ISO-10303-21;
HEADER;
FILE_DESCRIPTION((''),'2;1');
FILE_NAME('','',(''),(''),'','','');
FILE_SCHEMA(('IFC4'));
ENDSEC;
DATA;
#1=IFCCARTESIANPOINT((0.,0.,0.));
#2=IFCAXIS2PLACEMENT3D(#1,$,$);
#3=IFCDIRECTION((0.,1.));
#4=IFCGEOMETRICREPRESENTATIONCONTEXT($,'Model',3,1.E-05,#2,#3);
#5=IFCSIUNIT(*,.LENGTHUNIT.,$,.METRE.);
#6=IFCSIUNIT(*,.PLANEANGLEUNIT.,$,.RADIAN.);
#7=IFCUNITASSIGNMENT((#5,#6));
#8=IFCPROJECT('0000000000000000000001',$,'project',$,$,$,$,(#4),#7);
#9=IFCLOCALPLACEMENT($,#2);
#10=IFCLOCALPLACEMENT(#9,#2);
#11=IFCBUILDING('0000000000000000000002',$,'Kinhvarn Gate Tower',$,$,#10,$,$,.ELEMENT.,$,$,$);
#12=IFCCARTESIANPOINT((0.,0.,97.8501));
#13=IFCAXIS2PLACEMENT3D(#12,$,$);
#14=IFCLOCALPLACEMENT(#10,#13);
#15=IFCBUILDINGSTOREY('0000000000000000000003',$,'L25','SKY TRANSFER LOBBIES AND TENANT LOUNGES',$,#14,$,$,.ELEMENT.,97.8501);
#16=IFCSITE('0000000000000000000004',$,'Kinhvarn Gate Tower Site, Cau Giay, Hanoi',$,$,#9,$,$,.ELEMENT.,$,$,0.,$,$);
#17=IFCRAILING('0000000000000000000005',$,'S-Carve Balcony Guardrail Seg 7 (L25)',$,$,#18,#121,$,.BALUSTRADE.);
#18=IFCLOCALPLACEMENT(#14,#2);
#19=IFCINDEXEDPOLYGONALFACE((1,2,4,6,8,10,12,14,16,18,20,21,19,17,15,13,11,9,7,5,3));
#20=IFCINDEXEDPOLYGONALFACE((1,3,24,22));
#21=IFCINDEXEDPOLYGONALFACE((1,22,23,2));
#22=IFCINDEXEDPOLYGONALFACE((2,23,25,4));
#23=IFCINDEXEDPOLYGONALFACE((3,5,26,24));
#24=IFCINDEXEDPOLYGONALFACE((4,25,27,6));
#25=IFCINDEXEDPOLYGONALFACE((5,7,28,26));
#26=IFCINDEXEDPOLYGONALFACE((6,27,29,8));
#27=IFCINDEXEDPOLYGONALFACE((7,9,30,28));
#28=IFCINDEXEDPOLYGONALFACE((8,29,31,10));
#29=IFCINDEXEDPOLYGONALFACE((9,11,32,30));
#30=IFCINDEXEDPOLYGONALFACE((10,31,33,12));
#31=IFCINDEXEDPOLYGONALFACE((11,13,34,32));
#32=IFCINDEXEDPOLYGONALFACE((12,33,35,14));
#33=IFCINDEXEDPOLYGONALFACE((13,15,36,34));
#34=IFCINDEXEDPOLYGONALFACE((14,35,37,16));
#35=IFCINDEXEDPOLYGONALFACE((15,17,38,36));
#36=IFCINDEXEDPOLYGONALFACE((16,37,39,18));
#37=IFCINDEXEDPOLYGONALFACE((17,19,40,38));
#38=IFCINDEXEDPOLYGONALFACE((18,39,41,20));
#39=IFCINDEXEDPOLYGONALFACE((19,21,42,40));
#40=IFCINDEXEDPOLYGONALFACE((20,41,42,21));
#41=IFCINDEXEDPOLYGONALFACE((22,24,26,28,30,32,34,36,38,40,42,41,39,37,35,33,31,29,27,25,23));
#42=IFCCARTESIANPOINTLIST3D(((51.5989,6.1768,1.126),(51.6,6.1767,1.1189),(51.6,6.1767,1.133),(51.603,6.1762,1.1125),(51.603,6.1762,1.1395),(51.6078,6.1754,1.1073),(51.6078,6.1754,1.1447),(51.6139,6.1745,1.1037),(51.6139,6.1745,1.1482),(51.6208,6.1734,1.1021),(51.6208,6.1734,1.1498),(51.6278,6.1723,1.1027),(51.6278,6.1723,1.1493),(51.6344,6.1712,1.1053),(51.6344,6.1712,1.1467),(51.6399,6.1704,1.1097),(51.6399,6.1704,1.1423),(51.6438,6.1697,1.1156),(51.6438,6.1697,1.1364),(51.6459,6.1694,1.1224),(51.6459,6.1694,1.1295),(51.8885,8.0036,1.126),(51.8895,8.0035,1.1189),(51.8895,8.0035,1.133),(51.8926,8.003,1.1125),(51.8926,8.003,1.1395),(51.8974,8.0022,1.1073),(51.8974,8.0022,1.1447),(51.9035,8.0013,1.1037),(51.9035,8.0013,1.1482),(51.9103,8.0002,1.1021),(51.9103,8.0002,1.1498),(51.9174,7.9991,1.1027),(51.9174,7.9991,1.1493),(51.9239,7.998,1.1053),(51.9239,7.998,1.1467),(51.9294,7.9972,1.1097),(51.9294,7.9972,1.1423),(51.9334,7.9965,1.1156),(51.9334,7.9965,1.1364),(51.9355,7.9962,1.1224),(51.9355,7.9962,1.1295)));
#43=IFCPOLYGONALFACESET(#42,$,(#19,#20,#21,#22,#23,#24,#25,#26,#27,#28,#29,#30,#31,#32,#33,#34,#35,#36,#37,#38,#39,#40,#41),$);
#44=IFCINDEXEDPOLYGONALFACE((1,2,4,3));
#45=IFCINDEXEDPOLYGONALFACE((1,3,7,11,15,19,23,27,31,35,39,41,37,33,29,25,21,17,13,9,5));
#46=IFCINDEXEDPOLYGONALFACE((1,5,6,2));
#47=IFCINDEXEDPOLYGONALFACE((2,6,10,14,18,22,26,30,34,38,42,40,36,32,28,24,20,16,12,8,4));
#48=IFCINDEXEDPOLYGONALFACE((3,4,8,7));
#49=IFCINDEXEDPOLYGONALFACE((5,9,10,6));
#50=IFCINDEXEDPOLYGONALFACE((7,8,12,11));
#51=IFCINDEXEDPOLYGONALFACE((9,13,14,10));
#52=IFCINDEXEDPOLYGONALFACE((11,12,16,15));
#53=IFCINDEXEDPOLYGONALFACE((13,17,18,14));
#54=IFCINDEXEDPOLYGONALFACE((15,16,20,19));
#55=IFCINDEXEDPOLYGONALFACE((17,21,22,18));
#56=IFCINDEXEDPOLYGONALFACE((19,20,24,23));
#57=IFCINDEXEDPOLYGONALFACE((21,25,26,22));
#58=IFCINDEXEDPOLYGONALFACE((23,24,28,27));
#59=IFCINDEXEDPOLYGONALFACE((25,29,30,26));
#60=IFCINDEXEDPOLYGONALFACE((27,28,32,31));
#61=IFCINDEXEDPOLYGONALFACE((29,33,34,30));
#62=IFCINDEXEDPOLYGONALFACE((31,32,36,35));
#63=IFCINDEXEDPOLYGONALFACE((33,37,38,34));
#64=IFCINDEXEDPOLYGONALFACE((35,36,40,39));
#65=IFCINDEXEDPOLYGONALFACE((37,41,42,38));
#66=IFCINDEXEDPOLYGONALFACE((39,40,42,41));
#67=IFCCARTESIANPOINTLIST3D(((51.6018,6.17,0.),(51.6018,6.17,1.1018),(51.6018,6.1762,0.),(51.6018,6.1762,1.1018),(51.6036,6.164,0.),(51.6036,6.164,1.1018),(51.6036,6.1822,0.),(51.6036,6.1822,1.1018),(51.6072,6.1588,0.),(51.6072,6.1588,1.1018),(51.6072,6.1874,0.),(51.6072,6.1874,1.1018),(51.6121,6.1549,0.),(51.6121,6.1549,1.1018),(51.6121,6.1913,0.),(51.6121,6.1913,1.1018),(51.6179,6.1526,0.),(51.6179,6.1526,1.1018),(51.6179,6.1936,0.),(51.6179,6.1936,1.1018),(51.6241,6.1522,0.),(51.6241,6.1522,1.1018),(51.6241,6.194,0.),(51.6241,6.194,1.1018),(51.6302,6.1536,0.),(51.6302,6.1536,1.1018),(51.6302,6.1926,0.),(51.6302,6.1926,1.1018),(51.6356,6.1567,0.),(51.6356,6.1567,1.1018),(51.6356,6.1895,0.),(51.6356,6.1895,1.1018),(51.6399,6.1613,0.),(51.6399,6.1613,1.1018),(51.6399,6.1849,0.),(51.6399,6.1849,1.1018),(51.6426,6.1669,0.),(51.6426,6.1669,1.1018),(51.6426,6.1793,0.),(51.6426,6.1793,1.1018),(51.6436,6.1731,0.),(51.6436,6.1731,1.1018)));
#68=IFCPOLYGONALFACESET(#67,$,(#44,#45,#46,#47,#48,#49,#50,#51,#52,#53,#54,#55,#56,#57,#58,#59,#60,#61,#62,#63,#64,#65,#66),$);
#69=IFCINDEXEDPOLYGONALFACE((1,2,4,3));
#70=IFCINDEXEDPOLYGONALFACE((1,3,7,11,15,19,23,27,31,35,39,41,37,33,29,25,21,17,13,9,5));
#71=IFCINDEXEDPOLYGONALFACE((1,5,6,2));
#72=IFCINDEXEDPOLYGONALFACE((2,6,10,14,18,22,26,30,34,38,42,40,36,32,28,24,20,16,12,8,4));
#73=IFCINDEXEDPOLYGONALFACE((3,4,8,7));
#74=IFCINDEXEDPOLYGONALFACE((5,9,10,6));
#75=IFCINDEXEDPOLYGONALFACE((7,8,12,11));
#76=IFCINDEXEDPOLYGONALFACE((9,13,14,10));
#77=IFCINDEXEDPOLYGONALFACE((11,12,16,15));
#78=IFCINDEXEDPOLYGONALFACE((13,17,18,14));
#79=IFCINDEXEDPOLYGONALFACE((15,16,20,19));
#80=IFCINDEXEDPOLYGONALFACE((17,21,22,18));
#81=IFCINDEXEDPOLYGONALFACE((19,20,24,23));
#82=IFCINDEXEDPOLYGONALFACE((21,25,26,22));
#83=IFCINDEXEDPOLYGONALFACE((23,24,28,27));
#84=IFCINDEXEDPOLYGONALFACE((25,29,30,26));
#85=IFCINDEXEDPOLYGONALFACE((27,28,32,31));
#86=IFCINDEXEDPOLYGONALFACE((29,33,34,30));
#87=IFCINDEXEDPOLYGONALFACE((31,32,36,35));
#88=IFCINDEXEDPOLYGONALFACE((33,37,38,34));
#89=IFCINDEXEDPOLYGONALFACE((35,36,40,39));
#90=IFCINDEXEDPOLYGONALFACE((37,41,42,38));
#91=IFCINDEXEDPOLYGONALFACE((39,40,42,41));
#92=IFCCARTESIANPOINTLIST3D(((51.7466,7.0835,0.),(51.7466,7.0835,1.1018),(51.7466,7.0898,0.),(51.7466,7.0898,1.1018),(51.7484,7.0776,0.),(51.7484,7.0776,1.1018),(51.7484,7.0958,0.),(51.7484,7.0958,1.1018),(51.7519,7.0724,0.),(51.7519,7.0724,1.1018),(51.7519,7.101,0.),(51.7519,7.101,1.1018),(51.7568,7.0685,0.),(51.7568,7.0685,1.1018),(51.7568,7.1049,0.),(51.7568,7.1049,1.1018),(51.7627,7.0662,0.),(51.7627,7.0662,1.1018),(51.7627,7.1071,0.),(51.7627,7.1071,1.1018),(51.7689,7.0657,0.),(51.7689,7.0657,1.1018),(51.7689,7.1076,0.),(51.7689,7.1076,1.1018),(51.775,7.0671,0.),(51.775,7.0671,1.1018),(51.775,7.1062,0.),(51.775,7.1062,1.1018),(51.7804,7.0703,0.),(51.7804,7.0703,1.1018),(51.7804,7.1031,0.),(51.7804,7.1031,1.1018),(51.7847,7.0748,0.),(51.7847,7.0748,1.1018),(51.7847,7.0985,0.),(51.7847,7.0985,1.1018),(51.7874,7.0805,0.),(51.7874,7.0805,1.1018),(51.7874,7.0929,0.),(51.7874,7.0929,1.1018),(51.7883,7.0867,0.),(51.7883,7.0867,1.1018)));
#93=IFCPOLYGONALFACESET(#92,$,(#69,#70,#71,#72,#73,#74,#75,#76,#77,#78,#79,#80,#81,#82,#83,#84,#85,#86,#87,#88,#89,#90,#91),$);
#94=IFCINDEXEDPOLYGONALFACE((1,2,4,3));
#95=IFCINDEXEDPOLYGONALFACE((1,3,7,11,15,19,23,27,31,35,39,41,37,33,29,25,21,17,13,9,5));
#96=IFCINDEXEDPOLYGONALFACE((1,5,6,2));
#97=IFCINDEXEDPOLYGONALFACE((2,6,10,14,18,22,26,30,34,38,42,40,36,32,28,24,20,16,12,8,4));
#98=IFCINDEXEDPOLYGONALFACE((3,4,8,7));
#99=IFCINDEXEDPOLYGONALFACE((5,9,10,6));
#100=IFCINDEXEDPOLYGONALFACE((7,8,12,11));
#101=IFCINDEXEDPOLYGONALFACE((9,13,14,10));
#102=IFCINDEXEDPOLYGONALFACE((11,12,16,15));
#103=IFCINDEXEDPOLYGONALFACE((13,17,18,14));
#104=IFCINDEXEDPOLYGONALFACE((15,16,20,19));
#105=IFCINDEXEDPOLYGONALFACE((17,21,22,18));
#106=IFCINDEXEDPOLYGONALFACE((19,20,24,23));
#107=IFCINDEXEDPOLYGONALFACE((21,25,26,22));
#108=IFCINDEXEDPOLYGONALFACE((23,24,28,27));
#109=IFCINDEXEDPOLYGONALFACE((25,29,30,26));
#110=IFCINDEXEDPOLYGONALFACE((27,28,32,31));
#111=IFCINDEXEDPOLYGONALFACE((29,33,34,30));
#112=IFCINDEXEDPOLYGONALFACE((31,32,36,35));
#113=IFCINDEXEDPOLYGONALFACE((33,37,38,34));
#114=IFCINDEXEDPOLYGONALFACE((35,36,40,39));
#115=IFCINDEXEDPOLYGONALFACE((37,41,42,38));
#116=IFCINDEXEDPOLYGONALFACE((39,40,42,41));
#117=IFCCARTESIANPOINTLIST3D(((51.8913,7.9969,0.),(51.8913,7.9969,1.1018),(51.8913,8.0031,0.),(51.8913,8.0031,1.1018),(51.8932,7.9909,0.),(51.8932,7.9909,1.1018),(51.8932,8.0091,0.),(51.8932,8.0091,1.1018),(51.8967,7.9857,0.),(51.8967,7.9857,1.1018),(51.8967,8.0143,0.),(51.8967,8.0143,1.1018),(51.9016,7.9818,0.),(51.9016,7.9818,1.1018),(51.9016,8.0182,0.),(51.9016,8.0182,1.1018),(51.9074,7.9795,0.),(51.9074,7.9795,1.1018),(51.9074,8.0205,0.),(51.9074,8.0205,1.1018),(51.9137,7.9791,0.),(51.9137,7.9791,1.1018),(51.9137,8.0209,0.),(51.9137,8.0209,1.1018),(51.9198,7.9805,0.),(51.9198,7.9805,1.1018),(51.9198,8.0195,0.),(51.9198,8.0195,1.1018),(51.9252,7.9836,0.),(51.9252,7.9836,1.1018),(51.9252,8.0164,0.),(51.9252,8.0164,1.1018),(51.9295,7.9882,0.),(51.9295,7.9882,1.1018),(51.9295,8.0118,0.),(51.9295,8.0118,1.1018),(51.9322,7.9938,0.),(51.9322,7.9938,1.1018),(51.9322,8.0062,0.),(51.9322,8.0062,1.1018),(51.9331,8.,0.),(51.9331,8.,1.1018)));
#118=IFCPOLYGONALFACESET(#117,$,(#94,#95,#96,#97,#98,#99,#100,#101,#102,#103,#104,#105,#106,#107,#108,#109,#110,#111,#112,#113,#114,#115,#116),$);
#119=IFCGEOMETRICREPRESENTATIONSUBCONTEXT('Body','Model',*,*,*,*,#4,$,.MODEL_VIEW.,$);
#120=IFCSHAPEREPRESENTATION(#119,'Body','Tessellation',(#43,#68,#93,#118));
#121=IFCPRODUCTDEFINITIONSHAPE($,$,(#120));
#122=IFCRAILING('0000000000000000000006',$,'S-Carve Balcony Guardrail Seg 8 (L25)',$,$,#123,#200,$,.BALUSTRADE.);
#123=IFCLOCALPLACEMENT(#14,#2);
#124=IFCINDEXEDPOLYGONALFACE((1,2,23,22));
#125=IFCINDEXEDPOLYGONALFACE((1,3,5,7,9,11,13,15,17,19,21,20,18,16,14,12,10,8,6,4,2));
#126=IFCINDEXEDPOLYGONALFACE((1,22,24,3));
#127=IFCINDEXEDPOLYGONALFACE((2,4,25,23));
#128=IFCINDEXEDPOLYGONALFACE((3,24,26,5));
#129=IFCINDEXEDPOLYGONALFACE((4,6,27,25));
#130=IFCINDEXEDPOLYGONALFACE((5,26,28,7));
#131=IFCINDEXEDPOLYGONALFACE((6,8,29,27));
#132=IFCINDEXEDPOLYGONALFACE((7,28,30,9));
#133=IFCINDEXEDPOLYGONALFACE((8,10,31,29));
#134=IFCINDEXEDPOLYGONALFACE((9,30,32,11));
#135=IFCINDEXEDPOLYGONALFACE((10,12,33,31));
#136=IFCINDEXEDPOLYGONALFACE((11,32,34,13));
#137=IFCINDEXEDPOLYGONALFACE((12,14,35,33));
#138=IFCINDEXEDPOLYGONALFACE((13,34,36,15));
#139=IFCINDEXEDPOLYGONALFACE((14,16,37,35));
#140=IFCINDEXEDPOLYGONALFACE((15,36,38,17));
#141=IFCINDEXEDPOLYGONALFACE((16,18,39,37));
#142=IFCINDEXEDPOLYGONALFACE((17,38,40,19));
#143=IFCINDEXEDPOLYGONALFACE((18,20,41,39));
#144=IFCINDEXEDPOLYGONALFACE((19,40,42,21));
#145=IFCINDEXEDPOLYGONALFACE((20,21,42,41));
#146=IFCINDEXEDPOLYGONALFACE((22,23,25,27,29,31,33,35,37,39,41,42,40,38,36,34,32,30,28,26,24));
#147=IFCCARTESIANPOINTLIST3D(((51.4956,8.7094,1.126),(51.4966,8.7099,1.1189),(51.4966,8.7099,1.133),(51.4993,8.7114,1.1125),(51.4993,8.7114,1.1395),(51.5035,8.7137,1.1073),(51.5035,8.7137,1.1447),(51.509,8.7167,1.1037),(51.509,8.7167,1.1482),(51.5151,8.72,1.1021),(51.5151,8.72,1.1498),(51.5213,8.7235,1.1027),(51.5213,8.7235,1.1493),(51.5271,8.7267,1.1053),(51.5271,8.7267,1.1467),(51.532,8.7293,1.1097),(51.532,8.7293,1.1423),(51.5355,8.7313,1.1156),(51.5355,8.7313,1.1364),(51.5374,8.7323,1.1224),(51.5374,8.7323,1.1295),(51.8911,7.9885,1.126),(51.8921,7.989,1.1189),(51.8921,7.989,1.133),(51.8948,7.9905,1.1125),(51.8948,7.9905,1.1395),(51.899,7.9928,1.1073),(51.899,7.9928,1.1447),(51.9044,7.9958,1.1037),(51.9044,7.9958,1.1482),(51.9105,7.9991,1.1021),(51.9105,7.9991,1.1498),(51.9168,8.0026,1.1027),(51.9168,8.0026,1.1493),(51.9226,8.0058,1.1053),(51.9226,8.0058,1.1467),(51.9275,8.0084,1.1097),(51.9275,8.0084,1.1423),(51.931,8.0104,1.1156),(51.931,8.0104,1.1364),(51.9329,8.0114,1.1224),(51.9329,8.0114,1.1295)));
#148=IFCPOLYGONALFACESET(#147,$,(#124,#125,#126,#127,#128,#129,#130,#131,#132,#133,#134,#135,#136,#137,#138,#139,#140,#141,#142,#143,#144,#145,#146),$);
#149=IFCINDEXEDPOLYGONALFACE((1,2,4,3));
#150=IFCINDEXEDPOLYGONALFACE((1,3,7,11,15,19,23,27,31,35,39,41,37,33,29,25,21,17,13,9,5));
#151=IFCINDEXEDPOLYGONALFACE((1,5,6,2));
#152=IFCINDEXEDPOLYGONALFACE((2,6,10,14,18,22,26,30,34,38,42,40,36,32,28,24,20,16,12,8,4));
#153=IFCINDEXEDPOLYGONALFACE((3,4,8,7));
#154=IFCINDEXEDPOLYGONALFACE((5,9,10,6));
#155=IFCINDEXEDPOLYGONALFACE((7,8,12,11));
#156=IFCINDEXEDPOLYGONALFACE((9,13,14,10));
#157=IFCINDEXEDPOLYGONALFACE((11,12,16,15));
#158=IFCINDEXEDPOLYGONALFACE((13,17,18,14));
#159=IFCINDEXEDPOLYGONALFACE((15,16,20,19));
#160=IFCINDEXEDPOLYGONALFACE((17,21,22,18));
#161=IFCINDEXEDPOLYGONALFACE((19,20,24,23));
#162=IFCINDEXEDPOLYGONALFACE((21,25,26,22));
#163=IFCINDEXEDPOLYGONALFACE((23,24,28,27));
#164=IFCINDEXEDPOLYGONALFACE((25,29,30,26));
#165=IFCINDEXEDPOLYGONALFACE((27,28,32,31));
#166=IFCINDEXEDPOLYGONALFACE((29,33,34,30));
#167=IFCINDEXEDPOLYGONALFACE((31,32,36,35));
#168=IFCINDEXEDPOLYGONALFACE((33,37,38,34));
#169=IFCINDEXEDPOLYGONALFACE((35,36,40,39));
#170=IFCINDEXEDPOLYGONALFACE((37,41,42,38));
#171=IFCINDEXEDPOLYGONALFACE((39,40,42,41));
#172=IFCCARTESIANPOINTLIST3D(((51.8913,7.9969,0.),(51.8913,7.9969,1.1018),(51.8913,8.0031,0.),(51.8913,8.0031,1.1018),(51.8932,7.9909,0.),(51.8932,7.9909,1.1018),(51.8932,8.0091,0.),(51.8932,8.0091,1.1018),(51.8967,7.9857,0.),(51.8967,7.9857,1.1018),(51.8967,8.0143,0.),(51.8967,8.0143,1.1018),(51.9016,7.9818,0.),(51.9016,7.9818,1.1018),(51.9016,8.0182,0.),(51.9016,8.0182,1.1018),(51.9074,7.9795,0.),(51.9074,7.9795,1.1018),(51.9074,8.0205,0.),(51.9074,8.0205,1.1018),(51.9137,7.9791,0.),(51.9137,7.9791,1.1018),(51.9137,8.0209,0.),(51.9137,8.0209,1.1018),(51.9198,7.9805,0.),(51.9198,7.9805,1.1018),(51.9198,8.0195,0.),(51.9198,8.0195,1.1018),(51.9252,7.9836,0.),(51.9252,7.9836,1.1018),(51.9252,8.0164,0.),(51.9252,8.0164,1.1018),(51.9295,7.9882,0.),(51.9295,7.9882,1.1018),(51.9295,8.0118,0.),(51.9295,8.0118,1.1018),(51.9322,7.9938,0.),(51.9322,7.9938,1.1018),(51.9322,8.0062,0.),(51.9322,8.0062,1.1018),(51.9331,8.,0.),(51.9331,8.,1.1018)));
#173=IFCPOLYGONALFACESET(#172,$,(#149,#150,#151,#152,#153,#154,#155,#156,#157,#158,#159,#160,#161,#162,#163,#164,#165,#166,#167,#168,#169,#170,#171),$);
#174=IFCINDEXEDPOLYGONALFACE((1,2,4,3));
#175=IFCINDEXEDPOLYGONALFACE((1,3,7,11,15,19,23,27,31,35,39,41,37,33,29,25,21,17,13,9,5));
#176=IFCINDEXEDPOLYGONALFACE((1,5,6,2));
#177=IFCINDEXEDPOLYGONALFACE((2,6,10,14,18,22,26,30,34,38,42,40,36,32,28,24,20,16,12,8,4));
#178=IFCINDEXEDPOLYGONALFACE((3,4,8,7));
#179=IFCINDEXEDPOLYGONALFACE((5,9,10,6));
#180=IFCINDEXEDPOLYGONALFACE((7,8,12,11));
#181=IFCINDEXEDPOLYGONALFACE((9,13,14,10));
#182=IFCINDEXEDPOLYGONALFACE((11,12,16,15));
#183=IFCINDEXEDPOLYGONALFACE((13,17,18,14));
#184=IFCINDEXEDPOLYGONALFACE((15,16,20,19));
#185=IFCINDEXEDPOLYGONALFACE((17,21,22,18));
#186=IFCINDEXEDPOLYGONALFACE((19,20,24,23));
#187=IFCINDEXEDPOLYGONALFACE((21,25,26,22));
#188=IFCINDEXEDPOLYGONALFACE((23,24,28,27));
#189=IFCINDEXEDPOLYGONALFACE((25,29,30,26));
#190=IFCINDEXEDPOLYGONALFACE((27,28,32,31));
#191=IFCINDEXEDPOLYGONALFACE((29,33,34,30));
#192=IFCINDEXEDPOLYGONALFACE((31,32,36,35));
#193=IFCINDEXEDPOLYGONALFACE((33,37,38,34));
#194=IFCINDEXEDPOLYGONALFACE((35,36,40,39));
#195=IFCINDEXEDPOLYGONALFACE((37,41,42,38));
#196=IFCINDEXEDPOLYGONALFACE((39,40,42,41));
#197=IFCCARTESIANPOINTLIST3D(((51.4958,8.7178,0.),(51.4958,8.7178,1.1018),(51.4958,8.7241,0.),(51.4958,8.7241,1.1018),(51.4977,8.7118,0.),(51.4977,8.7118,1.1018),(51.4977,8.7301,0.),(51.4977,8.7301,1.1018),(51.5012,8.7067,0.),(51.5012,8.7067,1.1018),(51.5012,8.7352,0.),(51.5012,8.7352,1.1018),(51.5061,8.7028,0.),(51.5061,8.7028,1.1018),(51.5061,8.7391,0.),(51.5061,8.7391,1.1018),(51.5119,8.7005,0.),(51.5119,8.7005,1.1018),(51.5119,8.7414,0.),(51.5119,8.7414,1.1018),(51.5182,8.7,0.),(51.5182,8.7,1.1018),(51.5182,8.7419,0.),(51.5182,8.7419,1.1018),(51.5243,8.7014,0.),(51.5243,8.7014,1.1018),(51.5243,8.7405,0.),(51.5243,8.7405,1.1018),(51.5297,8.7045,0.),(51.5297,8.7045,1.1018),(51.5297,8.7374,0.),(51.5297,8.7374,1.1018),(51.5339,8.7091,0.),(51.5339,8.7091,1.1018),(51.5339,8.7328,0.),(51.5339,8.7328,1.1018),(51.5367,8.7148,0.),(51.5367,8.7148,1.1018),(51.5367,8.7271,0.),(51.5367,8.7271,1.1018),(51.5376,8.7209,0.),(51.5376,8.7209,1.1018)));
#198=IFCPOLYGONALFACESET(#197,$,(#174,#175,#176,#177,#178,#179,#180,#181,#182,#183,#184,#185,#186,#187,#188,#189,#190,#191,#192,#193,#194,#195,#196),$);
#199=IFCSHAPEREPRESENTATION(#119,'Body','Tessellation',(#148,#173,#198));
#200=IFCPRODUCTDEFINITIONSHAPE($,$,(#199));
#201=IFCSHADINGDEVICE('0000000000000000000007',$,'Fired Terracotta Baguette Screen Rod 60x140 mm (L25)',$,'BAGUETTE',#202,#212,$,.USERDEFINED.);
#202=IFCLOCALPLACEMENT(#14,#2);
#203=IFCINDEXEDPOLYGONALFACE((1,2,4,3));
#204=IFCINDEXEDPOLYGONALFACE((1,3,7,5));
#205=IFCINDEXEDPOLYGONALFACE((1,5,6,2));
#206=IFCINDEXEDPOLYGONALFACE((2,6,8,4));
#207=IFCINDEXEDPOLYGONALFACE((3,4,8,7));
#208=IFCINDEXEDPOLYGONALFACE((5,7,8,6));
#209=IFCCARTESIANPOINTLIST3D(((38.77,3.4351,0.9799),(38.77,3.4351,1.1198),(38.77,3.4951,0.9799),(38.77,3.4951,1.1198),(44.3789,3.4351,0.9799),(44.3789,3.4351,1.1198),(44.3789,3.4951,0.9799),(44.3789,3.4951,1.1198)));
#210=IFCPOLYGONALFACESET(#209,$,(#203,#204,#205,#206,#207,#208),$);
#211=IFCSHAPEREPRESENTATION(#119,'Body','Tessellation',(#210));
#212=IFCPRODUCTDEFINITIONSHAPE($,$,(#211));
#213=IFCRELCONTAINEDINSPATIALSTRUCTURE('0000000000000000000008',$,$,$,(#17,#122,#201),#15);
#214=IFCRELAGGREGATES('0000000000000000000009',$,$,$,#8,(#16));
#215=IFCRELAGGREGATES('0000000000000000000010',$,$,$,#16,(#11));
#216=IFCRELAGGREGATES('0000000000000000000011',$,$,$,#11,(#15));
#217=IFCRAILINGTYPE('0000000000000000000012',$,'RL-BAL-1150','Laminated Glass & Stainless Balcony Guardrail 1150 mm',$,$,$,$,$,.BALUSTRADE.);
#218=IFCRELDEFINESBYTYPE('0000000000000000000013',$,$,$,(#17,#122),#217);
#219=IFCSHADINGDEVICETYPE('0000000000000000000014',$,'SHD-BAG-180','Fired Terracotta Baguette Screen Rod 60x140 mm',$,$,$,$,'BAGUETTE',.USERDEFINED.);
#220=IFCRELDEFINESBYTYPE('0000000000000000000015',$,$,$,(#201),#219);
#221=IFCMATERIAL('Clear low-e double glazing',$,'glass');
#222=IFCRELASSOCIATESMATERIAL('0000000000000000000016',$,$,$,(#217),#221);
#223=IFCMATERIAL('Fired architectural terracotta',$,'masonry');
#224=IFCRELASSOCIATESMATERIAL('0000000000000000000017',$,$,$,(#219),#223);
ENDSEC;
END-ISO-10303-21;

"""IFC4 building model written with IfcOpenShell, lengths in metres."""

from ifc_helpers import new_model, si_unit, direction, frame, origin, origin_2d, place, context, subcontext, project, spatial, rectangle, circle, extrude, material, material_profile, profile_set, type_object, element, save


model = new_model("IFC4")

# Units and contexts
model_context = context("Model", 3, precision=1e-05, world=origin(), true_north=direction((0.0, 1.0)))
body_context = subcontext(model_context, "Body", "Model", "MODEL_VIEW")
ifc_project = project(units=[si_unit("LENGTHUNIT", "METRE"), si_unit("PLANEANGLEUNIT", "RADIAN")], contexts=[model_context])

# Site, building, storey
site_placement = place(None, origin())
site = spatial("IfcSite", under=ifc_project, at=site_placement, Name="Kinhvarn Gate Tower Site, Cau Giay, Hanoi", CompositionType="ELEMENT", RefElevation=0.0)
building_placement = place(site_placement, origin())
building = spatial("IfcBuilding", under=site, at=building_placement, Name="Kinhvarn Gate Tower", CompositionType="ELEMENT")
storey_placement = place(building_placement, frame((0.0, 0.0, 97.8501)))
storey = spatial("IfcBuildingStorey", under=building, at=storey_placement, Name="L25", Description="SKY TRANSFER LOBBIES AND TENANT LOUNGES", CompositionType="ELEMENT", Elevation=97.8501)

# Shared definitions
ifc_material_1 = material(Name="Clear low-e double glazing", Category="glass")

# Shared definitions
ifc_material_2 = material(Name="Fired architectural terracotta", Category="masonry")

# Railings
railing_type = type_object("IfcRailingType", Name="RL-BAL-1150", Description="Laminated Glass & Stainless Balcony Guardrail 1150 mm", PredefinedType="BALUSTRADE", material=ifc_material_1)
railing_1_placement = place(storey_placement, frame((51.6226, 6.1731, 0.0)))
element("IfcRailing", 1, at=railing_1_placement, inside=storey, type_object=railing_type, Name="S-Carve Balcony Guardrail Seg 7 (L25)", PredefinedType="BALUSTRADE", context=body_context, shape_type="SweptSolid", body=[
    extrude(circle(Radius=0.0239, at=origin_2d()), frame((0.0, 0.0, 1.126), z_axis=(0.156539, 0.987672, 0.0), x_axis=(-0.987672, 0.156539, 0.0)), (0.0, 0.0, 1.0), 1.8496),
    extrude(circle(Radius=0.021, at=origin_2d()), origin(), (0.0, 0.0, 1.0), 1.1018),
    extrude(circle(Radius=0.021, at=origin_2d()), frame((0.1448, 0.9136, 0.0)), (0.0, 0.0, 1.0), 1.1018),
    extrude(circle(Radius=0.021, at=origin_2d()), frame((0.2896, 1.8269, 0.0)), (0.0, 0.0, 1.0), 1.1018),
])
railing_2_placement = place(storey_placement, frame((51.9121, 8.0, 0.0)))
element("IfcRailing", 2, at=railing_2_placement, inside=storey, type_object=railing_type, Name="S-Carve Balcony Guardrail Seg 8 (L25)", PredefinedType="BALUSTRADE", context=body_context, shape_type="SweptSolid", body=[
    extrude(circle(Radius=0.0239, at=origin_2d()), frame((0.0, 0.0, 1.126), z_axis=(-0.480973, 0.876736, 0.0), x_axis=(-0.876736, -0.480973, 0.0)), (0.0, 0.0, 1.0), 0.8223),
    extrude(circle(Radius=0.021, at=origin_2d()), origin(), (0.0, 0.0, 1.0), 1.1018),
    extrude(circle(Radius=0.021, at=origin_2d()), frame((-0.3955, 0.7209, 0.0)), (0.0, 0.0, 1.0), 1.1018),
])

# Shading device
ifc_material_profile_1 = material_profile(ifc_material_2, rectangle(XDim=0.0601, YDim=0.1399, at=origin_2d()), Name="TC 60x140")
ifc_profile_set_1 = profile_set([ifc_material_profile_1], Name="Fired architectural terracotta")
shading_device_type = type_object("IfcShadingDeviceType", Name="SHD-BAG-180", Description="Fired Terracotta Baguette Screen Rod 60x140 mm", ElementType="BAGUETTE", PredefinedType="USERDEFINED", material=ifc_profile_set_1)
for number, where, z_axis, x_axis, name in (
    (3, (38.77, 3.4651, 1.0498), (1.0, 0.0, 0.0), (0.0, 1.0, 0.0), "Fired Terracotta Baguette Screen Rod 60x140 mm (L25)"),
):
    element("IfcShadingDevice", number, at=place(storey_placement, frame(where, z_axis=z_axis, x_axis=x_axis)), inside=storey, type_object=shading_device_type, Name=name, ObjectType="BAGUETTE", PredefinedType="USERDEFINED", context=body_context, shape_type="SweptSolid", body=[
        extrude(rectangle(XDim=0.0601, YDim=0.1399, at=origin_2d()), origin(), (0.0, 0.0, 1.0), 5.6089),
    ])

save(model, "model.ifc")
